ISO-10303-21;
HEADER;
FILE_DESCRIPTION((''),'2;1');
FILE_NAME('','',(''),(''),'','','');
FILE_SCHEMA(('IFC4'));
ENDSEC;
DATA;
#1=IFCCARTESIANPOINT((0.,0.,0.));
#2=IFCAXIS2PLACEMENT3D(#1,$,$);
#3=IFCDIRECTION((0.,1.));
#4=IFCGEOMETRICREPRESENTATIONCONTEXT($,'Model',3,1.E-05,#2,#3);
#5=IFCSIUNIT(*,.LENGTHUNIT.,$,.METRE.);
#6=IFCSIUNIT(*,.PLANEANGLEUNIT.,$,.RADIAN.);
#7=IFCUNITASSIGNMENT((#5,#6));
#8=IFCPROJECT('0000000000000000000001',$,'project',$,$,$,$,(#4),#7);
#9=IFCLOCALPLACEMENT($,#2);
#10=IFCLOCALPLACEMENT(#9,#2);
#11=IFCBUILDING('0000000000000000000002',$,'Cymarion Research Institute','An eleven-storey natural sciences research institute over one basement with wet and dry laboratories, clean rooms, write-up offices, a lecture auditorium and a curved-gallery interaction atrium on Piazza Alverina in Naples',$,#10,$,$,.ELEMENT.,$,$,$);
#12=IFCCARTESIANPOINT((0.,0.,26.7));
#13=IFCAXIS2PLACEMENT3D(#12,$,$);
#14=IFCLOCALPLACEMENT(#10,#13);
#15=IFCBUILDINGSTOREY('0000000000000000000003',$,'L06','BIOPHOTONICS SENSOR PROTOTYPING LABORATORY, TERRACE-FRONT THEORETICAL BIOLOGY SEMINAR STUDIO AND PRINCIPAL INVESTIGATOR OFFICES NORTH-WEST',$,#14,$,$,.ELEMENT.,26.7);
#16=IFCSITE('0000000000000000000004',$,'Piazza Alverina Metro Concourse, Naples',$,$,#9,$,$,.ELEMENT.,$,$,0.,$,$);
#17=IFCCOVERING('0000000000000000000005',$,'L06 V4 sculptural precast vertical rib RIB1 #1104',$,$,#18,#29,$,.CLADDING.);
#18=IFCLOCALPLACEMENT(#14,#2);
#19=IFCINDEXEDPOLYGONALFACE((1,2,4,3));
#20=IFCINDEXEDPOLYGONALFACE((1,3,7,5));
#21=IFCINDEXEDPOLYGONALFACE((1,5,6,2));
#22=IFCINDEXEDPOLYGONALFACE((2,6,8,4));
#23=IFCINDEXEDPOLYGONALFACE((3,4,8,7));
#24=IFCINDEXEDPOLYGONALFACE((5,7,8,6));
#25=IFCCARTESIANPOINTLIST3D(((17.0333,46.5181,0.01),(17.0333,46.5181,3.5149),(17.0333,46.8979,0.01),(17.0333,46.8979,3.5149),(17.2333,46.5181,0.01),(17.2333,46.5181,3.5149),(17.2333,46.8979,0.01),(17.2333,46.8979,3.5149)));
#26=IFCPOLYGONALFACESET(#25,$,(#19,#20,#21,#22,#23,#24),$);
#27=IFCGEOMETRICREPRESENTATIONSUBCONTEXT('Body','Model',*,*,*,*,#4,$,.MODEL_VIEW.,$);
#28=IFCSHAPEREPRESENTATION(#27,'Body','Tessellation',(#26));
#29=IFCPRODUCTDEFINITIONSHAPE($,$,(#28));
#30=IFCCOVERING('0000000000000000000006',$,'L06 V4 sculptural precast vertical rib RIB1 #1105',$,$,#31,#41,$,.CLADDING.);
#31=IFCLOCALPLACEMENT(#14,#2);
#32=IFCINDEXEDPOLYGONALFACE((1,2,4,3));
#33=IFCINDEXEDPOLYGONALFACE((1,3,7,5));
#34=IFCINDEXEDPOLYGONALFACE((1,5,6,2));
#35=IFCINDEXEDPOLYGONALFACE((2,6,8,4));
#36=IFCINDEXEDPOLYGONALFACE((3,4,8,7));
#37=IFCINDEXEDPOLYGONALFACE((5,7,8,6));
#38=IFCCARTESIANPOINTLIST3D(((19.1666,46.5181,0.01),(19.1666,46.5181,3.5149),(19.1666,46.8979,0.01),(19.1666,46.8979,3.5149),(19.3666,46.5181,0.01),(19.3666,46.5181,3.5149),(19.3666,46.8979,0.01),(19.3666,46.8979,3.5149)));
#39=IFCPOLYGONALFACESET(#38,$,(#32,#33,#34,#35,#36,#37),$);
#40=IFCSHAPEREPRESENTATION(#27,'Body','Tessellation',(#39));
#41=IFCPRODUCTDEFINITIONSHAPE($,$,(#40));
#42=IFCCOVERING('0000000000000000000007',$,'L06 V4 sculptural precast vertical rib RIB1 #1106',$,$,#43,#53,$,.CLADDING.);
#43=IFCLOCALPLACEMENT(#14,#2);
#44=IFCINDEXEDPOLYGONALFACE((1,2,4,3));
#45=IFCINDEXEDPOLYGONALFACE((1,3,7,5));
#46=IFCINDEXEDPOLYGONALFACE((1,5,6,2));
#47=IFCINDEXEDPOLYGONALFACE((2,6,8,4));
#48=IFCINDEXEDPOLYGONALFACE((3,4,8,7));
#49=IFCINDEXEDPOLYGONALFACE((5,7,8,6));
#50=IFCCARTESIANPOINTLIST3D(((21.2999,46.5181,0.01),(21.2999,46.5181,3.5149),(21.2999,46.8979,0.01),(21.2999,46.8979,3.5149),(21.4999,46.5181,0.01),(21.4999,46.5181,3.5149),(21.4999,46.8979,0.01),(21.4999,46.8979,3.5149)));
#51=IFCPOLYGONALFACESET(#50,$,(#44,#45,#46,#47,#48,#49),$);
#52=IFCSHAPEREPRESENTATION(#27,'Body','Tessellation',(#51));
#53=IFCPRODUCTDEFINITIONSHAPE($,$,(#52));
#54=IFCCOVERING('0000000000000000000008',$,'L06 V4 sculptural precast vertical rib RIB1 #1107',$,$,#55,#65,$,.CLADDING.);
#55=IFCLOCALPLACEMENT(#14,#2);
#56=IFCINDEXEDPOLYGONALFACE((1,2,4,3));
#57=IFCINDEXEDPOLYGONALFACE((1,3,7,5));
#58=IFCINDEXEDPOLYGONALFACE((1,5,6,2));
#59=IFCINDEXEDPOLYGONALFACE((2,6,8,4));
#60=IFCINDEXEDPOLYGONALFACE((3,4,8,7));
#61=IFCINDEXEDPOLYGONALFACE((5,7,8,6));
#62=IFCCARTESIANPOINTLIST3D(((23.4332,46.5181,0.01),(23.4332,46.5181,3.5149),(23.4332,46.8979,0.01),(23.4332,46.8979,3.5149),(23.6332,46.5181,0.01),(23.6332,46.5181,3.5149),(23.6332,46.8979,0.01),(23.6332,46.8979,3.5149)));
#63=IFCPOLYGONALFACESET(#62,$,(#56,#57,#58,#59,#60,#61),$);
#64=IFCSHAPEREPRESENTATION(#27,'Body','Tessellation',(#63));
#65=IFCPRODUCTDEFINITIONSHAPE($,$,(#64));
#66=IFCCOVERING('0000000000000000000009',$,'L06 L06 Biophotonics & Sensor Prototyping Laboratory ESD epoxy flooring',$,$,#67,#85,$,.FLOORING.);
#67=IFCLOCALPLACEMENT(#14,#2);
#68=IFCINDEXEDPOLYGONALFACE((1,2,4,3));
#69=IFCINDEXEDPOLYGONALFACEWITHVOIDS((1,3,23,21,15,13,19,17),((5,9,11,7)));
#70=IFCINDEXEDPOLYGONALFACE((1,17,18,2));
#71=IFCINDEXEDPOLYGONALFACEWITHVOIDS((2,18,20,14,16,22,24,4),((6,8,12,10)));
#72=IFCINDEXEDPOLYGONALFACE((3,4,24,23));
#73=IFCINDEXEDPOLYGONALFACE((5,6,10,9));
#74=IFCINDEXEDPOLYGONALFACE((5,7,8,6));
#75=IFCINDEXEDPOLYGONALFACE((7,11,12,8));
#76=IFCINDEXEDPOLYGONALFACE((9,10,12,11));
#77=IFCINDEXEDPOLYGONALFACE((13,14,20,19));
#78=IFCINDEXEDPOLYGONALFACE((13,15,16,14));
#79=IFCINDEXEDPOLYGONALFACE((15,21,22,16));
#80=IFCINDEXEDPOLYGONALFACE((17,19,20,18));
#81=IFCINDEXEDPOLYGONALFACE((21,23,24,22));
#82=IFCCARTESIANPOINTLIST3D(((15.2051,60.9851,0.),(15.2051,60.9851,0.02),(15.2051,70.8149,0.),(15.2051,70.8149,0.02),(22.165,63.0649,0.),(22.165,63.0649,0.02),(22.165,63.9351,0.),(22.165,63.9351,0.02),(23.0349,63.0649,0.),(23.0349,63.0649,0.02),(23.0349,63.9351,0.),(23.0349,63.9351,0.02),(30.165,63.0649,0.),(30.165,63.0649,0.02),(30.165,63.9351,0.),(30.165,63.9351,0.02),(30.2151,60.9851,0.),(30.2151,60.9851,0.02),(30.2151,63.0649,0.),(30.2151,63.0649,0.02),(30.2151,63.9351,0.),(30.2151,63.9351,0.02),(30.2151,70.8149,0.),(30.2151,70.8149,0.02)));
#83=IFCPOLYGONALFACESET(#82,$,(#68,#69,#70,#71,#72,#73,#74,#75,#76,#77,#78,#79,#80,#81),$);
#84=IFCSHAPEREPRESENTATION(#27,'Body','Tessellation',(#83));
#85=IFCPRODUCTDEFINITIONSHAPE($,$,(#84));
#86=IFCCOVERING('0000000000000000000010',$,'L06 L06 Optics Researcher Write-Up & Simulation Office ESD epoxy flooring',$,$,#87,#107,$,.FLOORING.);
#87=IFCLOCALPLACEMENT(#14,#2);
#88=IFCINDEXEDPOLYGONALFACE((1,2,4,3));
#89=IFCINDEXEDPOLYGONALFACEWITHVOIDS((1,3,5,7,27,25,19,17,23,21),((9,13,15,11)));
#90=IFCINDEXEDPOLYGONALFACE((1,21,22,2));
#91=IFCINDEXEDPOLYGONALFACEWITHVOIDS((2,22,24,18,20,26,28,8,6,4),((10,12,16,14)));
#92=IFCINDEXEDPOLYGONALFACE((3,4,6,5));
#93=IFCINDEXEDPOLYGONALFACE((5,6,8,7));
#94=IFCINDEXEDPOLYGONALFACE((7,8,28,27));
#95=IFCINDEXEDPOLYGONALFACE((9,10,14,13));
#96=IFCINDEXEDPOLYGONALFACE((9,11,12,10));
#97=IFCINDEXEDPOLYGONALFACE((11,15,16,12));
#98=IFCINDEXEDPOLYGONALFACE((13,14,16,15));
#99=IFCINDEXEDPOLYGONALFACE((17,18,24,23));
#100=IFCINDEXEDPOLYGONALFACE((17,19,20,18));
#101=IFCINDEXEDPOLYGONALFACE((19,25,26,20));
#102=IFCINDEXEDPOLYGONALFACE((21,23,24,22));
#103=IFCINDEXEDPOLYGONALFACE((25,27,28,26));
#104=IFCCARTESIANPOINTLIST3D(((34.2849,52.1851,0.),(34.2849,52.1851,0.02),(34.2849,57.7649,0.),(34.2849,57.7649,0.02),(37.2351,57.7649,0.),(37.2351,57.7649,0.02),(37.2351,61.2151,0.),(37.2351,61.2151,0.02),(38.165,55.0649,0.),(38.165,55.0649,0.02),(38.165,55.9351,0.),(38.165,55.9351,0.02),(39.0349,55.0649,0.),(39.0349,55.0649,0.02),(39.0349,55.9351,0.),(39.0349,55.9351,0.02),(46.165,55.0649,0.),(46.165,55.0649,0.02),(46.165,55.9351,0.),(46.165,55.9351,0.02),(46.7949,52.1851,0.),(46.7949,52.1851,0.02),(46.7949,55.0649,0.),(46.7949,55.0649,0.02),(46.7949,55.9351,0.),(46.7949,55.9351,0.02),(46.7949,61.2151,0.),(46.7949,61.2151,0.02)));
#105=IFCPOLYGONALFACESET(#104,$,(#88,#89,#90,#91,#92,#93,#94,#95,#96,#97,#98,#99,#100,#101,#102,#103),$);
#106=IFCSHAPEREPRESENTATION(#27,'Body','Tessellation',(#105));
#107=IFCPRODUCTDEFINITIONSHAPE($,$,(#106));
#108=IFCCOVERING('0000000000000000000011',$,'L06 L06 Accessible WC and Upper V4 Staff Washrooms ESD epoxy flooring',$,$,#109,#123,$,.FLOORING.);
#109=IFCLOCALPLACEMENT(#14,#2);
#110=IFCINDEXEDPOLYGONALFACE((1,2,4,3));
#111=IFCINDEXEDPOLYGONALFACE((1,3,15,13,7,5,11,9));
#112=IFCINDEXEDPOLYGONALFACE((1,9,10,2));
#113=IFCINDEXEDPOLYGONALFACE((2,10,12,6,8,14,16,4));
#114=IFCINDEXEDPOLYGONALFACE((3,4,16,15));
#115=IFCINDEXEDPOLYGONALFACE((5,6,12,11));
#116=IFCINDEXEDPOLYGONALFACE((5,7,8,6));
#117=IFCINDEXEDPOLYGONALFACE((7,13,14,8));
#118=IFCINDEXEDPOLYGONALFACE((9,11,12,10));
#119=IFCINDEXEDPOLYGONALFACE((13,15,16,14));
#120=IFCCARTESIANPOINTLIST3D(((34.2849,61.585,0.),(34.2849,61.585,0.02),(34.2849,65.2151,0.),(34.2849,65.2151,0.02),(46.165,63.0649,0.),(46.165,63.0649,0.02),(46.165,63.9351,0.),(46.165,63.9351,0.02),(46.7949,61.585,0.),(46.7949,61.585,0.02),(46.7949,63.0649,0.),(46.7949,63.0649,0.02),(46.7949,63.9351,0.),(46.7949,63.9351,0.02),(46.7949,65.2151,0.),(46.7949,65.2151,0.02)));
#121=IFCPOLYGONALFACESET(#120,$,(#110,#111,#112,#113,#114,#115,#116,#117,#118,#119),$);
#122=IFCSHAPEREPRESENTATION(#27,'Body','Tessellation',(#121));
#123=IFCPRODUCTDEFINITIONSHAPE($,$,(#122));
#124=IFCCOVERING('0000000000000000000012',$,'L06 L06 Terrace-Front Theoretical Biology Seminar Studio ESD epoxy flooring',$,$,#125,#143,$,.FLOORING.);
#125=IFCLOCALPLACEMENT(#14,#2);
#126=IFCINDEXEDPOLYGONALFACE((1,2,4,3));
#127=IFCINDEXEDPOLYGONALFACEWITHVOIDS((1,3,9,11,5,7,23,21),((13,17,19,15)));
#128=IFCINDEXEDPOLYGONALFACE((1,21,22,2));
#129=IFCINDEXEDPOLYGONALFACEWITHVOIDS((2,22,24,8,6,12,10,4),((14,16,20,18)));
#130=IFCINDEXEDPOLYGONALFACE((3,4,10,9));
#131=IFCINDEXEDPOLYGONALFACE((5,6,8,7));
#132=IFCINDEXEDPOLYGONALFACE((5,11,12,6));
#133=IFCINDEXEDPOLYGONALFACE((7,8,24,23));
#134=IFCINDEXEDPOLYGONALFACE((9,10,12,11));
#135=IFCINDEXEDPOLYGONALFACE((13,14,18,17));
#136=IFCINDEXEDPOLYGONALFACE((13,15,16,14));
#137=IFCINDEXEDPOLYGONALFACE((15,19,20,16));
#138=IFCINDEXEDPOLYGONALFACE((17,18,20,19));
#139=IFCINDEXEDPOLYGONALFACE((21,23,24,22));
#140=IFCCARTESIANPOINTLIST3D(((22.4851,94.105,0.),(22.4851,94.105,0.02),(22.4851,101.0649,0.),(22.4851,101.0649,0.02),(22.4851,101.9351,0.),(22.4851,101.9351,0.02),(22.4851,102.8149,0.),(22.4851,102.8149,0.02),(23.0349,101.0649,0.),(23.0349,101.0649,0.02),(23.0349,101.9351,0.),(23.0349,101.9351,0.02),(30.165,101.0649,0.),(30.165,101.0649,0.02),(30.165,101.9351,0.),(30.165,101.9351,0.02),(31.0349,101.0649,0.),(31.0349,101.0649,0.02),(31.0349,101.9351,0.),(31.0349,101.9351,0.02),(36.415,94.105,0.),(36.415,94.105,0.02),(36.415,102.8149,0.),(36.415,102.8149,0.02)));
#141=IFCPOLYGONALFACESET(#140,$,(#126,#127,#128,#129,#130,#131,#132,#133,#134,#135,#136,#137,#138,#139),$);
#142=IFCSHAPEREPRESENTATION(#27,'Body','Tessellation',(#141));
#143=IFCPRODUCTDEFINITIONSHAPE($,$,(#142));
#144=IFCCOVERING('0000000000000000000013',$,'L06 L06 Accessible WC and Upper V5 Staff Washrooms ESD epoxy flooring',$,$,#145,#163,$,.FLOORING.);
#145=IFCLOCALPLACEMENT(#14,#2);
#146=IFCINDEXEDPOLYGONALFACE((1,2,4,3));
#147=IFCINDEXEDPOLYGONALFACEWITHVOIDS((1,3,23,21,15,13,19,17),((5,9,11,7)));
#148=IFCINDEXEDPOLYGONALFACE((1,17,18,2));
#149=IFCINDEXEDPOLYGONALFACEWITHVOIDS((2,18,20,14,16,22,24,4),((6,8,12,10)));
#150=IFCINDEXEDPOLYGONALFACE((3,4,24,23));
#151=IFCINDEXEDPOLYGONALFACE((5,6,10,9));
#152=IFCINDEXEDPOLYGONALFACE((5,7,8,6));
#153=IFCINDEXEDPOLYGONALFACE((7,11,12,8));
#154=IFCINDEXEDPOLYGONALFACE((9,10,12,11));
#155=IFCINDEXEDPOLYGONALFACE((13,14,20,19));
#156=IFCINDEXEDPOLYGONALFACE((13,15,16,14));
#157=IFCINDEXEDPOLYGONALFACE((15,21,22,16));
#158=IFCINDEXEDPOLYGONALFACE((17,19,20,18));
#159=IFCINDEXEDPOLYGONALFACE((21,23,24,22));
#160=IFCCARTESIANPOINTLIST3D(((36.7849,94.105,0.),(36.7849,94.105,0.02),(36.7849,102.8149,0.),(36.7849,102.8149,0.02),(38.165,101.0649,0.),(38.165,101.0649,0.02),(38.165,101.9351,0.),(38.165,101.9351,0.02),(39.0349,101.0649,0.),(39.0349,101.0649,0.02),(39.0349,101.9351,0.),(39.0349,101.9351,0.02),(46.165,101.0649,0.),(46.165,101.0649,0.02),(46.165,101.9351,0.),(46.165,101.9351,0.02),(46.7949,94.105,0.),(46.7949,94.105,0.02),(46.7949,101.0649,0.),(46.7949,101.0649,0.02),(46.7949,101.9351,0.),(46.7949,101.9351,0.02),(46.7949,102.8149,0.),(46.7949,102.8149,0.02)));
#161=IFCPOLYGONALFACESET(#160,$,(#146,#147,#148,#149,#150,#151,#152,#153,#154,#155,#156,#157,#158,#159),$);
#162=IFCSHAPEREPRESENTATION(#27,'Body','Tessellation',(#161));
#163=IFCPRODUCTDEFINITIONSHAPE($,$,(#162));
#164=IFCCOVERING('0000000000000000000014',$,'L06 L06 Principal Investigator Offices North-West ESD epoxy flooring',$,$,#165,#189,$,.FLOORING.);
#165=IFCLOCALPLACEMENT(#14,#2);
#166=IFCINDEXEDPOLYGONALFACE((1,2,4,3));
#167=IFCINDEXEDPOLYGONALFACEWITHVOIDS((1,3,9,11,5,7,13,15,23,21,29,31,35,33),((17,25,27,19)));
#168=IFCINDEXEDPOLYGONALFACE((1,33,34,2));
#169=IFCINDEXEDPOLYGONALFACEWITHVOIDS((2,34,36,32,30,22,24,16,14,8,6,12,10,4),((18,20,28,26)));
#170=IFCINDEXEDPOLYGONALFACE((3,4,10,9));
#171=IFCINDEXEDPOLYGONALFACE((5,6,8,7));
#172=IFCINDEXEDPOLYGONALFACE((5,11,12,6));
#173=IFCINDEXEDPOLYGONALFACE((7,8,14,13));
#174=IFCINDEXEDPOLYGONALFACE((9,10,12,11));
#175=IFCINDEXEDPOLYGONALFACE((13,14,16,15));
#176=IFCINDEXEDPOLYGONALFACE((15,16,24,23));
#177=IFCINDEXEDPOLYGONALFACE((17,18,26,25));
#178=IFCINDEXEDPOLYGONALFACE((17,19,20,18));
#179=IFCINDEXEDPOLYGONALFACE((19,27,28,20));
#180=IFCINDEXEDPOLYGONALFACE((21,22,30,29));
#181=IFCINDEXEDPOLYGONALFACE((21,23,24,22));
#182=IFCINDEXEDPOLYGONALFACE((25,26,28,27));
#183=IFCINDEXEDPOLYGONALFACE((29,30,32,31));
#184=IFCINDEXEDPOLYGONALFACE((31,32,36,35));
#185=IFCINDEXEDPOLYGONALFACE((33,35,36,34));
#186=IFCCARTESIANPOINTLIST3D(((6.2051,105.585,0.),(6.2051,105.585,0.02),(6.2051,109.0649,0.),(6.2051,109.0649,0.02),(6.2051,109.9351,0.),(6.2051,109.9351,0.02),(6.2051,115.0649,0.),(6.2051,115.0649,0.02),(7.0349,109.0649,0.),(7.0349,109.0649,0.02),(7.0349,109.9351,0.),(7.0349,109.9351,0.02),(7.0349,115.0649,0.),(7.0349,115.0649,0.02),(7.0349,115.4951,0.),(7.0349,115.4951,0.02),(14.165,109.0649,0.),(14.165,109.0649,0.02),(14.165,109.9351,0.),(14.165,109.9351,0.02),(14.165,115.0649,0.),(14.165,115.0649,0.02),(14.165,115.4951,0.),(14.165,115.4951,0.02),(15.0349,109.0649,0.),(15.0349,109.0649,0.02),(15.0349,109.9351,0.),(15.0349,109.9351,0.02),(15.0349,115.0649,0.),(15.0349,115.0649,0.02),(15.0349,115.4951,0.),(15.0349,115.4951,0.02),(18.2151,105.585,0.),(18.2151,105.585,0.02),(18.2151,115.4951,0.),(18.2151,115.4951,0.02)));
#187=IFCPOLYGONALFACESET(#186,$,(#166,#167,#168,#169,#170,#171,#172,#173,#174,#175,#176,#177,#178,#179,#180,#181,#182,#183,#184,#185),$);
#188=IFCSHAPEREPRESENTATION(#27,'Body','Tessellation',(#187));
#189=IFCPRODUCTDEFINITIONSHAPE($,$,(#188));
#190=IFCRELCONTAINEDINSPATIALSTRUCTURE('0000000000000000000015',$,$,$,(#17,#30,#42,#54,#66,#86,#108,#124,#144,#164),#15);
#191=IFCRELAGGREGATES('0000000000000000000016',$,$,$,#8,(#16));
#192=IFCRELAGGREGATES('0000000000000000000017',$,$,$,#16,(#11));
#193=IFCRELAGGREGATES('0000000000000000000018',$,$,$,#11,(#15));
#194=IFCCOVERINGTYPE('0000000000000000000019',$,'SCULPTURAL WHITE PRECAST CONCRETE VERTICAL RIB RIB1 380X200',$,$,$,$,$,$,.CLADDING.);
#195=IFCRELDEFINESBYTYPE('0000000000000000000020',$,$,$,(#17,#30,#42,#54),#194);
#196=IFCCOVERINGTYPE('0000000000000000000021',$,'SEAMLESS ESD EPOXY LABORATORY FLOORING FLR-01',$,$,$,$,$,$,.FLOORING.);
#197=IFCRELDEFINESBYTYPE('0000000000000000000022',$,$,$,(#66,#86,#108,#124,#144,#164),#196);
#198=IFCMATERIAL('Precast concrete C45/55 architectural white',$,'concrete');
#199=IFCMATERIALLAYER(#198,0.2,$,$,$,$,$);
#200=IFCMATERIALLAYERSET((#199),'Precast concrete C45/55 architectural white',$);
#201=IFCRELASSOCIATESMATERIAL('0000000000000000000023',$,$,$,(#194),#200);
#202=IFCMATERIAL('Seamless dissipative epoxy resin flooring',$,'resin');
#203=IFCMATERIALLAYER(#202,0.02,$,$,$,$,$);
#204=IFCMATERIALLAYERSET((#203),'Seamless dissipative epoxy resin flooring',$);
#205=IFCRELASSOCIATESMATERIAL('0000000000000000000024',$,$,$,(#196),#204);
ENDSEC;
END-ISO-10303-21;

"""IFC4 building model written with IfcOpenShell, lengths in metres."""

from ifc_helpers import new_model, si_unit, direction, frame, origin, origin_2d, place, context, subcontext, project, spatial, polyline, rectangle, outline, extrude, material, layer, layer_set, type_object, element, save


model = new_model("IFC4")

# Units and contexts
model_context = context("Model", 3, precision=1e-05, world=origin(), true_north=direction((0.0, 1.0)))
body_context = subcontext(model_context, "Body", "Model", "MODEL_VIEW")
ifc_project = project(units=[si_unit("LENGTHUNIT", "METRE"), si_unit("PLANEANGLEUNIT", "RADIAN")], contexts=[model_context])

# Site, building, storey
site_placement = place(None, origin())
site = spatial("IfcSite", under=ifc_project, at=site_placement, Name="Piazza Alverina Metro Concourse, Naples", CompositionType="ELEMENT", RefElevation=0.0)
building_placement = place(site_placement, origin())
building = spatial("IfcBuilding", under=site, at=building_placement, Name="Cymarion Research Institute", Description="An eleven-storey natural sciences research institute over one basement with wet and dry laboratories, clean rooms, write-up offices, a lecture auditorium and a curved-gallery interaction atrium on Piazza Alverina in Naples", CompositionType="ELEMENT")
storey_placement = place(building_placement, frame((0.0, 0.0, 26.7)))
storey = spatial("IfcBuildingStorey", under=building, at=storey_placement, Name="L06", Description="BIOPHOTONICS SENSOR PROTOTYPING LABORATORY, TERRACE-FRONT THEORETICAL BIOLOGY SEMINAR STUDIO AND PRINCIPAL INVESTIGATOR OFFICES NORTH-WEST", CompositionType="ELEMENT", Elevation=26.7)

# Coverings
ifc_material_1 = material(Name="Precast concrete C45/55 architectural white", Category="concrete")
ifc_layer_1 = layer(ifc_material_1, 0.2)
ifc_layer_set_1 = layer_set([ifc_layer_1], Name="Precast concrete C45/55 architectural white")
covering_type_1 = type_object("IfcCoveringType", Name="SCULPTURAL WHITE PRECAST CONCRETE VERTICAL RIB RIB1 380X200", PredefinedType="CLADDING", material=ifc_layer_set_1)
for number, where, z_axis, x_axis, name in (
    (1, (17.1333, 46.708, 0.01), (0.0, 0.0, 1.0), (0.0, -1.0, 0.0), "L06 V4 sculptural precast vertical rib RIB1 #1104"),
    (2, (19.2666, 46.708, 0.01), (0.0, 0.0, 1.0), (0.0, -1.0, 0.0), "L06 V4 sculptural precast vertical rib RIB1 #1105"),
    (3, (21.3999, 46.708, 0.01), (0.0, 0.0, 1.0), (0.0, -1.0, 0.0), "L06 V4 sculptural precast vertical rib RIB1 #1106"),
    (4, (23.5332, 46.708, 0.01), (0.0, 0.0, 1.0), (0.0, -1.0, 0.0), "L06 V4 sculptural precast vertical rib RIB1 #1107"),
):
    element("IfcCovering", number, at=place(storey_placement, frame(where, z_axis=z_axis, x_axis=x_axis)), inside=storey, type_object=covering_type_1, Name=name, PredefinedType="CLADDING", context=body_context, shape_type="SweptSolid", body=[
        extrude(rectangle(XDim=0.3799, YDim=0.2, at=origin_2d()), origin(), (0.0, 0.0, 1.0), 3.5049),
    ])
ifc_material_2 = material(Name="Seamless dissipative epoxy resin flooring", Category="resin")
ifc_layer_2 = layer(ifc_material_2, 0.02)
ifc_layer_set_2 = layer_set([ifc_layer_2], Name="Seamless dissipative epoxy resin flooring")
covering_type_2 = type_object("IfcCoveringType", Name="SEAMLESS ESD EPOXY LABORATORY FLOORING FLR-01", PredefinedType="FLOORING", material=ifc_layer_set_2)
covering_1_placement = place(storey_placement, origin())
element("IfcCovering", 5, at=covering_1_placement, inside=storey, type_object=covering_type_2, Name="L06 L06 Biophotonics & Sensor Prototyping Laboratory ESD epoxy flooring", PredefinedType="FLOORING", context=body_context, shape_type="SweptSolid", body=[
    extrude(outline(polyline([(30.2151, 63.0649), (30.2151, 60.9851), (15.2051, 60.9851), (15.2051, 70.8149), (30.2151, 70.8149), (30.2151, 63.9351), (30.165, 63.9351), (30.165, 63.0649), (30.2151, 63.0649)]), holes=[polyline([(22.165, 63.9351), (22.165, 63.0649), (23.0349, 63.0649), (23.0349, 63.9351), (22.165, 63.9351)])]), origin(), (0.0, 0.0, 1.0), 0.02),
])
covering_2_placement = place(storey_placement, origin())
element("IfcCovering", 6, at=covering_2_placement, inside=storey, type_object=covering_type_2, Name="L06 L06 Optics Researcher Write-Up & Simulation Office ESD epoxy flooring", PredefinedType="FLOORING", context=body_context, shape_type="SweptSolid", body=[
    extrude(outline(polyline([(37.2351, 61.2151), (46.7949, 61.2151), (46.7949, 55.9351), (46.165, 55.9351), (46.165, 55.0649), (46.7949, 55.0649), (46.7949, 52.1851), (34.2849, 52.1851), (34.2849, 57.7649), (37.2351, 57.7649), (37.2351, 61.2151)]), holes=[polyline([(38.165, 55.9351), (38.165, 55.0649), (39.0349, 55.0649), (39.0349, 55.9351), (38.165, 55.9351)])]), origin(), (0.0, 0.0, 1.0), 0.02),
])
covering_3_placement = place(storey_placement, origin())
element("IfcCovering", 7, at=covering_3_placement, inside=storey, type_object=covering_type_2, Name="L06 L06 Accessible WC and Upper V4 Staff Washrooms ESD epoxy flooring", PredefinedType="FLOORING", context=body_context, shape_type="SweptSolid", body=[
    extrude(outline(polyline([(34.2849, 65.2151), (46.7949, 65.2151), (46.7949, 63.9351), (46.165, 63.9351), (46.165, 63.0649), (46.7949, 63.0649), (46.7949, 61.585), (34.2849, 61.585), (34.2849, 65.2151)])), origin(), (0.0, 0.0, 1.0), 0.02),
])
covering_4_placement = place(storey_placement, origin())
element("IfcCovering", 8, at=covering_4_placement, inside=storey, type_object=covering_type_2, Name="L06 L06 Terrace-Front Theoretical Biology Seminar Studio ESD epoxy flooring", PredefinedType="FLOORING", context=body_context, shape_type="SweptSolid", body=[
    extrude(outline(polyline([(22.4851, 101.0649), (23.0349, 101.0649), (23.0349, 101.9351), (22.4851, 101.9351), (22.4851, 102.8149), (36.415, 102.8149), (36.415, 94.105), (22.4851, 94.105), (22.4851, 101.0649)]), holes=[polyline([(30.165, 101.9351), (30.165, 101.0649), (31.0349, 101.0649), (31.0349, 101.9351), (30.165, 101.9351)])]), origin(), (0.0, 0.0, 1.0), 0.02),
])
covering_5_placement = place(storey_placement, origin())
element("IfcCovering", 9, at=covering_5_placement, inside=storey, type_object=covering_type_2, Name="L06 L06 Accessible WC and Upper V5 Staff Washrooms ESD epoxy flooring", PredefinedType="FLOORING", context=body_context, shape_type="SweptSolid", body=[
    extrude(outline(polyline([(46.165, 101.9351), (46.165, 101.0649), (46.7949, 101.0649), (46.7949, 94.105), (36.7849, 94.105), (36.7849, 102.8149), (46.7949, 102.8149), (46.7949, 101.9351), (46.165, 101.9351)]), holes=[polyline([(38.165, 101.0649), (39.0349, 101.0649), (39.0349, 101.9351), (38.165, 101.9351), (38.165, 101.0649)])]), origin(), (0.0, 0.0, 1.0), 0.02),
])
covering_6_placement = place(storey_placement, origin())
element("IfcCovering", 10, at=covering_6_placement, inside=storey, type_object=covering_type_2, Name="L06 L06 Principal Investigator Offices North-West ESD epoxy flooring", PredefinedType="FLOORING", context=body_context, shape_type="SweptSolid", body=[
    extrude(outline(polyline([(6.2051, 109.0649), (7.0349, 109.0649), (7.0349, 109.9351), (6.2051, 109.9351), (6.2051, 115.0649), (7.0349, 115.0649), (7.0349, 115.4951), (14.165, 115.4951), (14.165, 115.0649), (15.0349, 115.0649), (15.0349, 115.4951), (18.2151, 115.4951), (18.2151, 105.585), (6.2051, 105.585), (6.2051, 109.0649)]), holes=[polyline([(14.165, 109.0649), (15.0349, 109.0649), (15.0349, 109.9351), (14.165, 109.9351), (14.165, 109.0649)])]), origin(), (0.0, 0.0, 1.0), 0.02),
])

save(model, "model.ifc")
